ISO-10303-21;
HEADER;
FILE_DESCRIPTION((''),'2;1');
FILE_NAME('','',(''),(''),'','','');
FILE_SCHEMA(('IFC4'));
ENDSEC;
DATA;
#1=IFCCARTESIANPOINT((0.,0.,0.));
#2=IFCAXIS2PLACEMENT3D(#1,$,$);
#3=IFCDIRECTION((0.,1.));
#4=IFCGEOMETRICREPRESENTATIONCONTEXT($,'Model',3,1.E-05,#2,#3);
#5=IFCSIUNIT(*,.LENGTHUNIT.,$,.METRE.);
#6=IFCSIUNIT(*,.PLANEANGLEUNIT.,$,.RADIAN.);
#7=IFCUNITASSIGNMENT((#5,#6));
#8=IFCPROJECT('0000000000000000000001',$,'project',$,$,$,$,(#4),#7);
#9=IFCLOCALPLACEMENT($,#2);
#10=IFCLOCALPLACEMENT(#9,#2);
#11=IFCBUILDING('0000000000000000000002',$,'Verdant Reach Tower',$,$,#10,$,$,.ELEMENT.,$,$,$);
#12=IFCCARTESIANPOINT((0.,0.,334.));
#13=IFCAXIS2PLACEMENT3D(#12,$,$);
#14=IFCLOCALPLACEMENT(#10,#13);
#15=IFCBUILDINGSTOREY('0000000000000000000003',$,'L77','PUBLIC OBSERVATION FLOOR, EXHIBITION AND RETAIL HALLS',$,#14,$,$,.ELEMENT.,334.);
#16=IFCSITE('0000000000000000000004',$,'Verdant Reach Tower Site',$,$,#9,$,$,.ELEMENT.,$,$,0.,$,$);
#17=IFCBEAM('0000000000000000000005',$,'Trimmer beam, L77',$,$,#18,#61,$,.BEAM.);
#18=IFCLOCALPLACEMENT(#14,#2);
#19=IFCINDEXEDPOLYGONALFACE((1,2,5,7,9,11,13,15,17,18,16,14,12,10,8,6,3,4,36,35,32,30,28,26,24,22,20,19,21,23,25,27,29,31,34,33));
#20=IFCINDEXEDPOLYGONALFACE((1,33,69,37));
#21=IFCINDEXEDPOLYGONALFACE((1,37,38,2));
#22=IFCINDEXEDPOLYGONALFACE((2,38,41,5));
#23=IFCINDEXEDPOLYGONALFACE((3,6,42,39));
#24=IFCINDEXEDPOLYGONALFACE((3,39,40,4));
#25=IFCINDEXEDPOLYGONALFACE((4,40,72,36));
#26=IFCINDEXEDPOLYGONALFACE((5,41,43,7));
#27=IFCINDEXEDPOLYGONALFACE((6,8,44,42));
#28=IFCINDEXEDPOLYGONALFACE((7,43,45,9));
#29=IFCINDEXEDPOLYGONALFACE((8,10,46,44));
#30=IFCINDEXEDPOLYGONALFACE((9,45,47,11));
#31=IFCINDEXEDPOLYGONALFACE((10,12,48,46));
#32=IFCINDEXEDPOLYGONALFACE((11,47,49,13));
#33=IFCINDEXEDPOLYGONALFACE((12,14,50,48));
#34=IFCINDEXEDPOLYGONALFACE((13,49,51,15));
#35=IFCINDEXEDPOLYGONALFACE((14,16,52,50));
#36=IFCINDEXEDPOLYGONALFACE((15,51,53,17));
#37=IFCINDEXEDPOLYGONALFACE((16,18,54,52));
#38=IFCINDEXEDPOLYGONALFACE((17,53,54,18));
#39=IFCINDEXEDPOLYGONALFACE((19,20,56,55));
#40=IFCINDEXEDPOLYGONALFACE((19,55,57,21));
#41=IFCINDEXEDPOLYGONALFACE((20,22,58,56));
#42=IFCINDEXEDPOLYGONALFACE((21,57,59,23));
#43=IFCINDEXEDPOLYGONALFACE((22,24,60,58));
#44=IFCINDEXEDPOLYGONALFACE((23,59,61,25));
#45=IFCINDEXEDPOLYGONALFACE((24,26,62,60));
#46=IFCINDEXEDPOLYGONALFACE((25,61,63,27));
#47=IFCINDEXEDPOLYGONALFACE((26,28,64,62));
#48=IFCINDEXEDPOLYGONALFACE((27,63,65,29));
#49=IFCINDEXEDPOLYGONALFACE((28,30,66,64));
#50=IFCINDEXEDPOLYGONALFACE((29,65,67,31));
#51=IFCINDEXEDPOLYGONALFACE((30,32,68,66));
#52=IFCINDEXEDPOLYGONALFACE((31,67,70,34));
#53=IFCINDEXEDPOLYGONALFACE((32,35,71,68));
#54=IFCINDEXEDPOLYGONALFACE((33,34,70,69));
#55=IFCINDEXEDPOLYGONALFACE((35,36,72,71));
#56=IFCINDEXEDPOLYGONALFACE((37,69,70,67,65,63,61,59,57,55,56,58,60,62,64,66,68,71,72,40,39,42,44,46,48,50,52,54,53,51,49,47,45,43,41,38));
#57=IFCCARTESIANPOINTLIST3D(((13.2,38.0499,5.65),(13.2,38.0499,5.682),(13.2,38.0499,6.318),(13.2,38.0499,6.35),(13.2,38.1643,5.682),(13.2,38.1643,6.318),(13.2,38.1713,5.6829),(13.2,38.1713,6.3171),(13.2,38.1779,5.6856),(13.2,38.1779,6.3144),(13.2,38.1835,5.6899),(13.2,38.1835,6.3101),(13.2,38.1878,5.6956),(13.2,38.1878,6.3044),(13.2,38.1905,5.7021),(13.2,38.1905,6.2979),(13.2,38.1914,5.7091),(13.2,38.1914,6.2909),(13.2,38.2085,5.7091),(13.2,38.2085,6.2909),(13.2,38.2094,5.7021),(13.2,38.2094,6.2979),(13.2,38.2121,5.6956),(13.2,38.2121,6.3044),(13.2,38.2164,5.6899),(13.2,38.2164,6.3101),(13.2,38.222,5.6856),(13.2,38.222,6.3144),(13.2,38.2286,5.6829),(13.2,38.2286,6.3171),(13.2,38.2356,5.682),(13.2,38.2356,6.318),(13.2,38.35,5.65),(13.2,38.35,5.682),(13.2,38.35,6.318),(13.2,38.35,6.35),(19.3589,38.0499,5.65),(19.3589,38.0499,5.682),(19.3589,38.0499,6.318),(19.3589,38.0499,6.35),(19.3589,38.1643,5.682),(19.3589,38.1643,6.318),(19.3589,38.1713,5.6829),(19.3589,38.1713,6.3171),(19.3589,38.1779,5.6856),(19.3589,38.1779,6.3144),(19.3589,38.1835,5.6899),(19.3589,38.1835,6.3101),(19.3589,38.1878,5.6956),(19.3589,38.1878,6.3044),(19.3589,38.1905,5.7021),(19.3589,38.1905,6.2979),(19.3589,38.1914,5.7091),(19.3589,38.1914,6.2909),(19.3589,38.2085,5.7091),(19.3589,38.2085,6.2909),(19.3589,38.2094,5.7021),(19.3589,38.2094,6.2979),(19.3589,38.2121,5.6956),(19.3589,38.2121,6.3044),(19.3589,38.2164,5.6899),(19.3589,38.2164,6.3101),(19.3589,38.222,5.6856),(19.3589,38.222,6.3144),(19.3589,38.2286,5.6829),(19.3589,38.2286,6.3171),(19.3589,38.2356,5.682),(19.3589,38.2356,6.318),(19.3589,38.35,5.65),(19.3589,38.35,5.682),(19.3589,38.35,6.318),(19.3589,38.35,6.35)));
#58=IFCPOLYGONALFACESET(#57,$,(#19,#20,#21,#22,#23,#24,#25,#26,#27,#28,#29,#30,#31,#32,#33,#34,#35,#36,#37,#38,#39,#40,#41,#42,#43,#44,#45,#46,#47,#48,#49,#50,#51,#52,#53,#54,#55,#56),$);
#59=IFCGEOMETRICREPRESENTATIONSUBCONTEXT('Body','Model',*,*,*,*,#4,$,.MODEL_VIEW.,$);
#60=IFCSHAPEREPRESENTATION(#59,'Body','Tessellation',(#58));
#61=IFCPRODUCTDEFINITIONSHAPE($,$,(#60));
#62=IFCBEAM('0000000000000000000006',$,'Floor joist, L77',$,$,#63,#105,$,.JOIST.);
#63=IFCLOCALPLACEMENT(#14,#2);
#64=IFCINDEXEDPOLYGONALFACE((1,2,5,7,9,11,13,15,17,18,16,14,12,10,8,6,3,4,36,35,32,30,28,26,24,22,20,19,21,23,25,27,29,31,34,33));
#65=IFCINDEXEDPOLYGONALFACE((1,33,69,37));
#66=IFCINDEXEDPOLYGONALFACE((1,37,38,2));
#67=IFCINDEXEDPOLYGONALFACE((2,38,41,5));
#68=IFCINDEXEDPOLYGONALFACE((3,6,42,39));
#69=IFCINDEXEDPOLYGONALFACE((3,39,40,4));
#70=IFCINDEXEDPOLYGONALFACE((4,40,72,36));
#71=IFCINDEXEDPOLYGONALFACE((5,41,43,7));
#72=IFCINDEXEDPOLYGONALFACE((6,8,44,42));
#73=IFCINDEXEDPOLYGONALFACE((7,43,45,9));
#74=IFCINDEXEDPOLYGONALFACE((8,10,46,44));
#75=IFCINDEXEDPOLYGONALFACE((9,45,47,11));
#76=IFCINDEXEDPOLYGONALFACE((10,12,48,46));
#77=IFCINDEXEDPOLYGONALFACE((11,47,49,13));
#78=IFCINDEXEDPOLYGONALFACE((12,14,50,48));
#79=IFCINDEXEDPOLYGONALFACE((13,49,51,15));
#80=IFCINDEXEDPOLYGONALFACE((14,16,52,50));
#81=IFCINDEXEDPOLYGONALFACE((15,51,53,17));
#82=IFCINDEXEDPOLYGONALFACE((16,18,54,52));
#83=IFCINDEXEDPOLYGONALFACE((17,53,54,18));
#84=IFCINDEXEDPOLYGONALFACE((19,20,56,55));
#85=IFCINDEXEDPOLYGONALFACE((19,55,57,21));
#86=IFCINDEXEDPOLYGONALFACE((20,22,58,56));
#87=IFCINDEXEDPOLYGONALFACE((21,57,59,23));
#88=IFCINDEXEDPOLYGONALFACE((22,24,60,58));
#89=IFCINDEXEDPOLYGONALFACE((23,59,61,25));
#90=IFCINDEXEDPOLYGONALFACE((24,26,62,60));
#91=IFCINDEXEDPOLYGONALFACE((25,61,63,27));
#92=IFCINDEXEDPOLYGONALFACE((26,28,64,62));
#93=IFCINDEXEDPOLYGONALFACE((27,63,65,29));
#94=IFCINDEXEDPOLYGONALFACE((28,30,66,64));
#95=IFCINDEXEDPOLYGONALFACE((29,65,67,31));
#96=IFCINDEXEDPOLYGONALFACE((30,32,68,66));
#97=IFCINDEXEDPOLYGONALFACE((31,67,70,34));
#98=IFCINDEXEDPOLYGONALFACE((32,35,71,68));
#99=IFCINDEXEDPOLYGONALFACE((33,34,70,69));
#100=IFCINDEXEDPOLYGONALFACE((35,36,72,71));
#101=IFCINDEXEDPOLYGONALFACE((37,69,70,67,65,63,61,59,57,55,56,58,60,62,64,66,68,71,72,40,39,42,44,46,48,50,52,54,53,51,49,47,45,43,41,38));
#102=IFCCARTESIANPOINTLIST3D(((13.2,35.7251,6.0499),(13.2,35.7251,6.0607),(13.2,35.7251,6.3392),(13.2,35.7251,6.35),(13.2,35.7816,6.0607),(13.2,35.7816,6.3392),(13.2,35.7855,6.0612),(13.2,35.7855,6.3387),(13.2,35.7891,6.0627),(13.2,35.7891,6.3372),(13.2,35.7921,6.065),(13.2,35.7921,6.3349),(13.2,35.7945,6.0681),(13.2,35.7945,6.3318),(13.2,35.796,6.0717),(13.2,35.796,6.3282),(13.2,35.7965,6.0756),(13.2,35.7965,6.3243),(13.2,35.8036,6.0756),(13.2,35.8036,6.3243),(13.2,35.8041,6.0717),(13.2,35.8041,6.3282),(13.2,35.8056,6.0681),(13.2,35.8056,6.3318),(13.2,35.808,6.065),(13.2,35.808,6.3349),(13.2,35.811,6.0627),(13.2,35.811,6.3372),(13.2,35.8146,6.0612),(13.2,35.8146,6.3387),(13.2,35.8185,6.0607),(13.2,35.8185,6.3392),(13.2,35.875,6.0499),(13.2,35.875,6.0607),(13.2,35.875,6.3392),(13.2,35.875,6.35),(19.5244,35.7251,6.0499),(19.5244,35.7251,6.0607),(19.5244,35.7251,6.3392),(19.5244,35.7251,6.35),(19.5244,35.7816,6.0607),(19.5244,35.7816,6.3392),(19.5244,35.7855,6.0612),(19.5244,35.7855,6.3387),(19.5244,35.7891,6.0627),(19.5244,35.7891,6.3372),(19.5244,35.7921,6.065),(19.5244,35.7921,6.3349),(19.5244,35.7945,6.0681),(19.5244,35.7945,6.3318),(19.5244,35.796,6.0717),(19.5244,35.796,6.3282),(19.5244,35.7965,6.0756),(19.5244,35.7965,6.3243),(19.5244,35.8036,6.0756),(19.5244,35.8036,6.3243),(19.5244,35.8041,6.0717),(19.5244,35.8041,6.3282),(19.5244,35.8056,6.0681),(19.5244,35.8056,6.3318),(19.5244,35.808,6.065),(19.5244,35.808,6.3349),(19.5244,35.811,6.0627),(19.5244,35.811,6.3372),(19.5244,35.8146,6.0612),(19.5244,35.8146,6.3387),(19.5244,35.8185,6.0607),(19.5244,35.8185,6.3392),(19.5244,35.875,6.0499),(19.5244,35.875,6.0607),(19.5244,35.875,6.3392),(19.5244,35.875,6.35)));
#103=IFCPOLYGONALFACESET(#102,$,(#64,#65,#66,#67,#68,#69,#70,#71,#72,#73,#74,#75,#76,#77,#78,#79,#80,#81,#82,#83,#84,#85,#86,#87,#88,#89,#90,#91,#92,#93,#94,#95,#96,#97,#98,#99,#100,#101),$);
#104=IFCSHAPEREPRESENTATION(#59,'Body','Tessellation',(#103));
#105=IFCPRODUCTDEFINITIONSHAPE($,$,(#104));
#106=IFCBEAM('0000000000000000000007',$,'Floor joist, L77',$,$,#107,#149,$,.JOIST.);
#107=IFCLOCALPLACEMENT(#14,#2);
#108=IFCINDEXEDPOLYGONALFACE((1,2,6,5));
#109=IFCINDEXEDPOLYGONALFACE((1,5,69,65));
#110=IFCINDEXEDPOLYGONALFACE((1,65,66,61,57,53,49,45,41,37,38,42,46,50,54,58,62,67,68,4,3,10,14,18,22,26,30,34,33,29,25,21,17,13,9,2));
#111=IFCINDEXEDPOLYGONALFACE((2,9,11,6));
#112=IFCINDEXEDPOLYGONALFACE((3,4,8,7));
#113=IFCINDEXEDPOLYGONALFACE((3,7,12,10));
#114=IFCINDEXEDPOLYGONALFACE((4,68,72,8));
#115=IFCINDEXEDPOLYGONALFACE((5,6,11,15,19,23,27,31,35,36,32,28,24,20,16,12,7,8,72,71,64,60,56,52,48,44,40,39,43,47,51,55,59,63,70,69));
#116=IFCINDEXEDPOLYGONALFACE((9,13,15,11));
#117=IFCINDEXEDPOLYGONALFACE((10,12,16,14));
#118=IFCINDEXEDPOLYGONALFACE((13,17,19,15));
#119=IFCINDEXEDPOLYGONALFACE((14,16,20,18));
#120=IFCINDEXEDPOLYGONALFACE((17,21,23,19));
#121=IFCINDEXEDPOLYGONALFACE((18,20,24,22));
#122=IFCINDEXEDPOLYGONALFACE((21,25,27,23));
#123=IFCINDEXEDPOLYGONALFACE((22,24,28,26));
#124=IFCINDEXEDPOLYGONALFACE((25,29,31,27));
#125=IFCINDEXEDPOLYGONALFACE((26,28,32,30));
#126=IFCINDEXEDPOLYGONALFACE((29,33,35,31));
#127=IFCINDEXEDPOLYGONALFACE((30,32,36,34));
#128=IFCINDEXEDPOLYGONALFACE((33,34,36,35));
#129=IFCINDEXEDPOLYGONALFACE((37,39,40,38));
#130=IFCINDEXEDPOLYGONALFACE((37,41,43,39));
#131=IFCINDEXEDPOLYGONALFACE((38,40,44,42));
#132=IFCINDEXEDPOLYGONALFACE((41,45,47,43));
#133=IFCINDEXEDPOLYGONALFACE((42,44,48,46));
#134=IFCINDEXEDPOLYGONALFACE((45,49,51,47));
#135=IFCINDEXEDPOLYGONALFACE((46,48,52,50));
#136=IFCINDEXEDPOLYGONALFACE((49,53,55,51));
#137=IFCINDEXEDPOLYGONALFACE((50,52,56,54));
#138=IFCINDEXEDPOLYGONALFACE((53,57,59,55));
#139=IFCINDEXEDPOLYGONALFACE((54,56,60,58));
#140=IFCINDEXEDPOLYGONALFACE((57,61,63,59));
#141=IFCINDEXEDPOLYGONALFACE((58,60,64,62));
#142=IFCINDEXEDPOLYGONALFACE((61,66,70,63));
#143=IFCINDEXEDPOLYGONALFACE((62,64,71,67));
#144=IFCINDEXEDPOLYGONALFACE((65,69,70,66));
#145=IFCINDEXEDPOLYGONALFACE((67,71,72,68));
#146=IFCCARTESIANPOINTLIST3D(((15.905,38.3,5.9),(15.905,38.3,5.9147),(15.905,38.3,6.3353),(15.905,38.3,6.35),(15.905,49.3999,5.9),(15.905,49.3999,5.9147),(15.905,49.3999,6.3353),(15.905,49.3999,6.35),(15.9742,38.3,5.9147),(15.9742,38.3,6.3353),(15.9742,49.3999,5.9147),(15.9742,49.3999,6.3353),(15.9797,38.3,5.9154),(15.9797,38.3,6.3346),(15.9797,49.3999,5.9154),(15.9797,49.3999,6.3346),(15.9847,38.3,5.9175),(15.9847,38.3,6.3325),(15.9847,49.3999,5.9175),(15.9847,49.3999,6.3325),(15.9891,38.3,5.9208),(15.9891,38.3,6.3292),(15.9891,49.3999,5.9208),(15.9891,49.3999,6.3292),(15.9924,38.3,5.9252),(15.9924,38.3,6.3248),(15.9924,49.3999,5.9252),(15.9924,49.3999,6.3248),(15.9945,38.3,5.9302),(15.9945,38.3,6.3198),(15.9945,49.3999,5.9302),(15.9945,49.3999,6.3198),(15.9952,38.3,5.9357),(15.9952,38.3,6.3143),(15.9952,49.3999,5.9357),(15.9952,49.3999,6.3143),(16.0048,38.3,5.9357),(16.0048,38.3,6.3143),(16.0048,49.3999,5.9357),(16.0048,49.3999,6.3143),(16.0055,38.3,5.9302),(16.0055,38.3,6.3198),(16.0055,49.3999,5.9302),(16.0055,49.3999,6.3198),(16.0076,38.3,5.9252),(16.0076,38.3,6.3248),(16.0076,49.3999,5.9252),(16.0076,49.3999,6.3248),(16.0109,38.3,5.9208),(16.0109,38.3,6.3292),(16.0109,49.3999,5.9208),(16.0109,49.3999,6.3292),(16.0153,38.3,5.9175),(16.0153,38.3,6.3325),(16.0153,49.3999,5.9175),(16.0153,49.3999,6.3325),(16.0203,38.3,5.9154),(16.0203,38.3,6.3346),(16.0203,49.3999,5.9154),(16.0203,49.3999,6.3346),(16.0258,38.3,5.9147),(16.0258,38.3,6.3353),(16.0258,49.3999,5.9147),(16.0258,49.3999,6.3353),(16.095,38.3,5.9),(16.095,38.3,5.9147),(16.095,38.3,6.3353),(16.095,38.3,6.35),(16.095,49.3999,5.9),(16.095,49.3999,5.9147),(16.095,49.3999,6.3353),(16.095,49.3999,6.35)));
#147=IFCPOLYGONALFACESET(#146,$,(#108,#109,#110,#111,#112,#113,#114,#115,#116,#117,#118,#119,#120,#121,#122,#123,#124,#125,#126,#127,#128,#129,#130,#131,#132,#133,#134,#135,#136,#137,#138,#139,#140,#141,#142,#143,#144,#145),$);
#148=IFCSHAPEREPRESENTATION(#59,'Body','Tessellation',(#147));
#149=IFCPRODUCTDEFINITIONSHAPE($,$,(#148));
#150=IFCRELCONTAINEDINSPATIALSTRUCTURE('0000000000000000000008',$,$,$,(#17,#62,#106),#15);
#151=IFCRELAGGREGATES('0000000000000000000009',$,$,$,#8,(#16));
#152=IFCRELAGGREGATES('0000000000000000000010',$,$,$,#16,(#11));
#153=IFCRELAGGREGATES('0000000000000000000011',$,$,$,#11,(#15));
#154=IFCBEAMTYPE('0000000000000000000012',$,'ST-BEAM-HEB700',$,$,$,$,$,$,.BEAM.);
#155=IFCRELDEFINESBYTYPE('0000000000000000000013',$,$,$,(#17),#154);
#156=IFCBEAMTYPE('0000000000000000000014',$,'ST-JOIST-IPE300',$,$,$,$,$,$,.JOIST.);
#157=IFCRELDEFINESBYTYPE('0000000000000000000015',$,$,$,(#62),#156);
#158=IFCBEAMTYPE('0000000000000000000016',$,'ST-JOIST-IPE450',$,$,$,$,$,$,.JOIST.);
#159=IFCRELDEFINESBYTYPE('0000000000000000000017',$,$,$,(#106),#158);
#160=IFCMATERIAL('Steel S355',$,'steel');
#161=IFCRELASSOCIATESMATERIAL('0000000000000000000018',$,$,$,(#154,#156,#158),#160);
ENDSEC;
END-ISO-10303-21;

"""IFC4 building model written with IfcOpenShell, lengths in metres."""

from ifc_helpers import new_model, si_unit, direction, frame, origin, origin_2d, place, context, subcontext, project, spatial, i_section, extrude, material, material_profile, profile_set, type_object, element, save


model = new_model("IFC4")

# Units and contexts
model_context = context("Model", 3, precision=1e-05, world=origin(), true_north=direction((0.0, 1.0)))
body_context = subcontext(model_context, "Body", "Model", "MODEL_VIEW")
ifc_project = project(units=[si_unit("LENGTHUNIT", "METRE"), si_unit("PLANEANGLEUNIT", "RADIAN")], contexts=[model_context])

# Site, building, storey
site_placement = place(None, origin())
site = spatial("IfcSite", under=ifc_project, at=site_placement, Name="Verdant Reach Tower Site", CompositionType="ELEMENT", RefElevation=0.0)
building_placement = place(site_placement, origin())
building = spatial("IfcBuilding", under=site, at=building_placement, Name="Verdant Reach Tower", CompositionType="ELEMENT")
storey_placement = place(building_placement, frame((0.0, 0.0, 334.0)))
storey = spatial("IfcBuildingStorey", under=building, at=storey_placement, Name="L77", Description="PUBLIC OBSERVATION FLOOR, EXHIBITION AND RETAIL HALLS", CompositionType="ELEMENT", Elevation=334.0)

# Beams
ifc_material_1 = material(Name="Steel S355", Category="steel")
ifc_material_profile_1 = material_profile(ifc_material_1, i_section(OverallWidth=0.3, OverallDepth=0.7, WebThickness=0.0171, FlangeThickness=0.032, FilletRadius=0.0271, at=origin_2d()), Name="HEB 700")
ifc_profile_set_1 = profile_set([ifc_material_profile_1], Name="Steel S355")
beam_type_1 = type_object("IfcBeamType", Name="ST-BEAM-HEB700", PredefinedType="BEAM", material=ifc_profile_set_1)
beam_1_placement = place(storey_placement, frame((13.2, 38.2, 6.0), z_axis=(1.0, 0.0, 0.0), x_axis=(0.0, 1.0, 0.0)))
element("IfcBeam", 1, at=beam_1_placement, inside=storey, type_object=beam_type_1, Name="Trimmer beam, L77", PredefinedType="BEAM", context=body_context, shape_type="SweptSolid", body=[
    extrude(i_section(OverallWidth=0.3, OverallDepth=0.7, WebThickness=0.0171, FlangeThickness=0.032, FilletRadius=0.0271, at=origin_2d()), origin(), (0.0, 0.0, 1.0), 6.1589),
])
ifc_material_profile_2 = material_profile(ifc_material_1, i_section(OverallWidth=0.1499, OverallDepth=0.3, WebThickness=0.0071, FlangeThickness=0.0107, FilletRadius=0.0149, at=origin_2d()), Name="IPE 300")
ifc_profile_set_2 = profile_set([ifc_material_profile_2], Name="Steel S355")
beam_type_2 = type_object("IfcBeamType", Name="ST-JOIST-IPE300", PredefinedType="JOIST", material=ifc_profile_set_2)
beam_2_placement = place(storey_placement, frame((13.2, 35.8, 6.2), z_axis=(1.0, 0.0, 0.0), x_axis=(0.0, 1.0, 0.0)))
element("IfcBeam", 2, at=beam_2_placement, inside=storey, type_object=beam_type_2, Name="Floor joist, L77", PredefinedType="JOIST", context=body_context, shape_type="SweptSolid", body=[
    extrude(i_section(OverallWidth=0.1499, OverallDepth=0.3, WebThickness=0.0071, FlangeThickness=0.0107, FilletRadius=0.0149, at=origin_2d()), origin(), (0.0, 0.0, 1.0), 6.3245),
])
ifc_material_profile_3 = material_profile(ifc_material_1, i_section(OverallWidth=0.1899, OverallDepth=0.45, WebThickness=0.0095, FlangeThickness=0.0146, FilletRadius=0.021, at=origin_2d()), Name="IPE 450")
ifc_profile_set_3 = profile_set([ifc_material_profile_3], Name="Steel S355")
beam_type_3 = type_object("IfcBeamType", Name="ST-JOIST-IPE450", PredefinedType="JOIST", material=ifc_profile_set_3)
beam_3_placement = place(storey_placement, frame((16.0, 38.3, 6.125), z_axis=(0.0, 1.0, 0.0), x_axis=(-1.0, 0.0, 0.0)))
element("IfcBeam", 3, at=beam_3_placement, inside=storey, type_object=beam_type_3, Name="Floor joist, L77", PredefinedType="JOIST", context=body_context, shape_type="SweptSolid", body=[
    extrude(i_section(OverallWidth=0.1899, OverallDepth=0.45, WebThickness=0.0095, FlangeThickness=0.0146, FilletRadius=0.021, at=origin_2d()), origin(), (0.0, 0.0, 1.0), 11.0999),
])

save(model, "model.ifc")
